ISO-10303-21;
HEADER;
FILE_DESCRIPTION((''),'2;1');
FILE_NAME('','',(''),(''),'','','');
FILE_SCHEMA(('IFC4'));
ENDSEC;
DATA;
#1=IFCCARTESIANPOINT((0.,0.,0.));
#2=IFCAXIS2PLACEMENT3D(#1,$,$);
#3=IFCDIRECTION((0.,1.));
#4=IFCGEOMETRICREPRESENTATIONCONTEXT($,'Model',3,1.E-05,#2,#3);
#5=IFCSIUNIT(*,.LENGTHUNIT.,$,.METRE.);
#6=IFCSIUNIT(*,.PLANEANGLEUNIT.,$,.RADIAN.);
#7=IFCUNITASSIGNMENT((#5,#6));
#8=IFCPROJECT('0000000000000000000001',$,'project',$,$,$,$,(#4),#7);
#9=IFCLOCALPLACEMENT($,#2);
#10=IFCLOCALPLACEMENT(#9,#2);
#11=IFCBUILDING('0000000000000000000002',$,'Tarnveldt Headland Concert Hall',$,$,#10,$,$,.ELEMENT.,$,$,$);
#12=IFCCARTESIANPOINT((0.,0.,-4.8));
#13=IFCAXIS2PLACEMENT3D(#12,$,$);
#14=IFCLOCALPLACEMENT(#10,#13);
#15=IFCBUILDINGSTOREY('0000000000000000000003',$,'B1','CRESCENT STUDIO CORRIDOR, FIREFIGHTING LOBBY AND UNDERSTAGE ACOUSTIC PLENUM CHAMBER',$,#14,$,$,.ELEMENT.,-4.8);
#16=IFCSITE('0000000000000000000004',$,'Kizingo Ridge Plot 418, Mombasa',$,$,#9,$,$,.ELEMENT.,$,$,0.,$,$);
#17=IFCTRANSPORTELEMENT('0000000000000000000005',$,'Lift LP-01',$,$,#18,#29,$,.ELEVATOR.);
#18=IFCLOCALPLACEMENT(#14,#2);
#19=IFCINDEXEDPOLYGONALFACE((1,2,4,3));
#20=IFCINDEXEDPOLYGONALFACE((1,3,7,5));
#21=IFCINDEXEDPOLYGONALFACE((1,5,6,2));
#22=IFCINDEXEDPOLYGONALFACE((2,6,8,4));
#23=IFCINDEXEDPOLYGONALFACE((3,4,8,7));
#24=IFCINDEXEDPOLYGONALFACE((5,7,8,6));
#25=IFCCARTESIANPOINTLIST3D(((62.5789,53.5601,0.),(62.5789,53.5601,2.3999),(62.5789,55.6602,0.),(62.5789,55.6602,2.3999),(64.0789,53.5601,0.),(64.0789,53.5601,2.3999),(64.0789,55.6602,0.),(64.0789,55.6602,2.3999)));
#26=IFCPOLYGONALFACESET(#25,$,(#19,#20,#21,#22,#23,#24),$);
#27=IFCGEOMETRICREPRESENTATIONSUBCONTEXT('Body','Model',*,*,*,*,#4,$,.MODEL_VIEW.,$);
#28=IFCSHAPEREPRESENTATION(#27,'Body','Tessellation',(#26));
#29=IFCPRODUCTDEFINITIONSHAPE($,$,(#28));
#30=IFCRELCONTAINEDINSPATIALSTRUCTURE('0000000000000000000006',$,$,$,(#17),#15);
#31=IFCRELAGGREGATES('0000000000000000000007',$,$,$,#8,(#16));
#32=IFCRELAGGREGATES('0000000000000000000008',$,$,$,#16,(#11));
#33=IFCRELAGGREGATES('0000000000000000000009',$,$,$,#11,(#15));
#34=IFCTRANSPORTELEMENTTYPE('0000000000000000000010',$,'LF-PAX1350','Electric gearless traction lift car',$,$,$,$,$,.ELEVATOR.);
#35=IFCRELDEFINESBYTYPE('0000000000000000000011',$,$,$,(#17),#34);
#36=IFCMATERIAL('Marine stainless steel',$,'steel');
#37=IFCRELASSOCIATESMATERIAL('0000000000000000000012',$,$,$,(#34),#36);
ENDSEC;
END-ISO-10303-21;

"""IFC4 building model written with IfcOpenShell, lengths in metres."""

from ifc_helpers import new_model, si_unit, direction, frame, origin, origin_2d, place, context, subcontext, project, spatial, rectangle, extrude, material, type_object, element, save


model = new_model("IFC4")

# Units and contexts
model_context = context("Model", 3, precision=1e-05, world=origin(), true_north=direction((0.0, 1.0)))
body_context = subcontext(model_context, "Body", "Model", "MODEL_VIEW")
ifc_project = project(units=[si_unit("LENGTHUNIT", "METRE"), si_unit("PLANEANGLEUNIT", "RADIAN")], contexts=[model_context])

# Site, building, storey
site_placement = place(None, origin())
site = spatial("IfcSite", under=ifc_project, at=site_placement, Name="Kizingo Ridge Plot 418, Mombasa", CompositionType="ELEMENT", RefElevation=0.0)
building_placement = place(site_placement, origin())
building = spatial("IfcBuilding", under=site, at=building_placement, Name="Tarnveldt Headland Concert Hall", CompositionType="ELEMENT")
storey_placement = place(building_placement, frame((0.0, 0.0, -4.8)))
storey = spatial("IfcBuildingStorey", under=building, at=storey_placement, Name="B1", Description="CRESCENT STUDIO CORRIDOR, FIREFIGHTING LOBBY AND UNDERSTAGE ACOUSTIC PLENUM CHAMBER", CompositionType="ELEMENT", Elevation=-4.8)

# Transport element
ifc_material_1 = material(Name="Marine stainless steel", Category="steel")
transport_element_type = type_object("IfcTransportElementType", Name="LF-PAX1350", Description="Electric gearless traction lift car", PredefinedType="ELEVATOR", material=ifc_material_1)
transport_element_placement = place(storey_placement, frame((63.3289, 54.6101, 0.0), z_axis=(0.0, 0.0, 1.0), x_axis=(1.0, 0.0, 0.0)))
element("IfcTransportElement", 1, at=transport_element_placement, inside=storey, type_object=transport_element_type, Name="Lift LP-01", PredefinedType="ELEVATOR", context=body_context, shape_type="SweptSolid", body=[
    extrude(rectangle(XDim=1.5, YDim=2.1001, at=origin_2d()), origin(), (0.0, 0.0, 1.0), 2.3999),
])

save(model, "model.ifc")
